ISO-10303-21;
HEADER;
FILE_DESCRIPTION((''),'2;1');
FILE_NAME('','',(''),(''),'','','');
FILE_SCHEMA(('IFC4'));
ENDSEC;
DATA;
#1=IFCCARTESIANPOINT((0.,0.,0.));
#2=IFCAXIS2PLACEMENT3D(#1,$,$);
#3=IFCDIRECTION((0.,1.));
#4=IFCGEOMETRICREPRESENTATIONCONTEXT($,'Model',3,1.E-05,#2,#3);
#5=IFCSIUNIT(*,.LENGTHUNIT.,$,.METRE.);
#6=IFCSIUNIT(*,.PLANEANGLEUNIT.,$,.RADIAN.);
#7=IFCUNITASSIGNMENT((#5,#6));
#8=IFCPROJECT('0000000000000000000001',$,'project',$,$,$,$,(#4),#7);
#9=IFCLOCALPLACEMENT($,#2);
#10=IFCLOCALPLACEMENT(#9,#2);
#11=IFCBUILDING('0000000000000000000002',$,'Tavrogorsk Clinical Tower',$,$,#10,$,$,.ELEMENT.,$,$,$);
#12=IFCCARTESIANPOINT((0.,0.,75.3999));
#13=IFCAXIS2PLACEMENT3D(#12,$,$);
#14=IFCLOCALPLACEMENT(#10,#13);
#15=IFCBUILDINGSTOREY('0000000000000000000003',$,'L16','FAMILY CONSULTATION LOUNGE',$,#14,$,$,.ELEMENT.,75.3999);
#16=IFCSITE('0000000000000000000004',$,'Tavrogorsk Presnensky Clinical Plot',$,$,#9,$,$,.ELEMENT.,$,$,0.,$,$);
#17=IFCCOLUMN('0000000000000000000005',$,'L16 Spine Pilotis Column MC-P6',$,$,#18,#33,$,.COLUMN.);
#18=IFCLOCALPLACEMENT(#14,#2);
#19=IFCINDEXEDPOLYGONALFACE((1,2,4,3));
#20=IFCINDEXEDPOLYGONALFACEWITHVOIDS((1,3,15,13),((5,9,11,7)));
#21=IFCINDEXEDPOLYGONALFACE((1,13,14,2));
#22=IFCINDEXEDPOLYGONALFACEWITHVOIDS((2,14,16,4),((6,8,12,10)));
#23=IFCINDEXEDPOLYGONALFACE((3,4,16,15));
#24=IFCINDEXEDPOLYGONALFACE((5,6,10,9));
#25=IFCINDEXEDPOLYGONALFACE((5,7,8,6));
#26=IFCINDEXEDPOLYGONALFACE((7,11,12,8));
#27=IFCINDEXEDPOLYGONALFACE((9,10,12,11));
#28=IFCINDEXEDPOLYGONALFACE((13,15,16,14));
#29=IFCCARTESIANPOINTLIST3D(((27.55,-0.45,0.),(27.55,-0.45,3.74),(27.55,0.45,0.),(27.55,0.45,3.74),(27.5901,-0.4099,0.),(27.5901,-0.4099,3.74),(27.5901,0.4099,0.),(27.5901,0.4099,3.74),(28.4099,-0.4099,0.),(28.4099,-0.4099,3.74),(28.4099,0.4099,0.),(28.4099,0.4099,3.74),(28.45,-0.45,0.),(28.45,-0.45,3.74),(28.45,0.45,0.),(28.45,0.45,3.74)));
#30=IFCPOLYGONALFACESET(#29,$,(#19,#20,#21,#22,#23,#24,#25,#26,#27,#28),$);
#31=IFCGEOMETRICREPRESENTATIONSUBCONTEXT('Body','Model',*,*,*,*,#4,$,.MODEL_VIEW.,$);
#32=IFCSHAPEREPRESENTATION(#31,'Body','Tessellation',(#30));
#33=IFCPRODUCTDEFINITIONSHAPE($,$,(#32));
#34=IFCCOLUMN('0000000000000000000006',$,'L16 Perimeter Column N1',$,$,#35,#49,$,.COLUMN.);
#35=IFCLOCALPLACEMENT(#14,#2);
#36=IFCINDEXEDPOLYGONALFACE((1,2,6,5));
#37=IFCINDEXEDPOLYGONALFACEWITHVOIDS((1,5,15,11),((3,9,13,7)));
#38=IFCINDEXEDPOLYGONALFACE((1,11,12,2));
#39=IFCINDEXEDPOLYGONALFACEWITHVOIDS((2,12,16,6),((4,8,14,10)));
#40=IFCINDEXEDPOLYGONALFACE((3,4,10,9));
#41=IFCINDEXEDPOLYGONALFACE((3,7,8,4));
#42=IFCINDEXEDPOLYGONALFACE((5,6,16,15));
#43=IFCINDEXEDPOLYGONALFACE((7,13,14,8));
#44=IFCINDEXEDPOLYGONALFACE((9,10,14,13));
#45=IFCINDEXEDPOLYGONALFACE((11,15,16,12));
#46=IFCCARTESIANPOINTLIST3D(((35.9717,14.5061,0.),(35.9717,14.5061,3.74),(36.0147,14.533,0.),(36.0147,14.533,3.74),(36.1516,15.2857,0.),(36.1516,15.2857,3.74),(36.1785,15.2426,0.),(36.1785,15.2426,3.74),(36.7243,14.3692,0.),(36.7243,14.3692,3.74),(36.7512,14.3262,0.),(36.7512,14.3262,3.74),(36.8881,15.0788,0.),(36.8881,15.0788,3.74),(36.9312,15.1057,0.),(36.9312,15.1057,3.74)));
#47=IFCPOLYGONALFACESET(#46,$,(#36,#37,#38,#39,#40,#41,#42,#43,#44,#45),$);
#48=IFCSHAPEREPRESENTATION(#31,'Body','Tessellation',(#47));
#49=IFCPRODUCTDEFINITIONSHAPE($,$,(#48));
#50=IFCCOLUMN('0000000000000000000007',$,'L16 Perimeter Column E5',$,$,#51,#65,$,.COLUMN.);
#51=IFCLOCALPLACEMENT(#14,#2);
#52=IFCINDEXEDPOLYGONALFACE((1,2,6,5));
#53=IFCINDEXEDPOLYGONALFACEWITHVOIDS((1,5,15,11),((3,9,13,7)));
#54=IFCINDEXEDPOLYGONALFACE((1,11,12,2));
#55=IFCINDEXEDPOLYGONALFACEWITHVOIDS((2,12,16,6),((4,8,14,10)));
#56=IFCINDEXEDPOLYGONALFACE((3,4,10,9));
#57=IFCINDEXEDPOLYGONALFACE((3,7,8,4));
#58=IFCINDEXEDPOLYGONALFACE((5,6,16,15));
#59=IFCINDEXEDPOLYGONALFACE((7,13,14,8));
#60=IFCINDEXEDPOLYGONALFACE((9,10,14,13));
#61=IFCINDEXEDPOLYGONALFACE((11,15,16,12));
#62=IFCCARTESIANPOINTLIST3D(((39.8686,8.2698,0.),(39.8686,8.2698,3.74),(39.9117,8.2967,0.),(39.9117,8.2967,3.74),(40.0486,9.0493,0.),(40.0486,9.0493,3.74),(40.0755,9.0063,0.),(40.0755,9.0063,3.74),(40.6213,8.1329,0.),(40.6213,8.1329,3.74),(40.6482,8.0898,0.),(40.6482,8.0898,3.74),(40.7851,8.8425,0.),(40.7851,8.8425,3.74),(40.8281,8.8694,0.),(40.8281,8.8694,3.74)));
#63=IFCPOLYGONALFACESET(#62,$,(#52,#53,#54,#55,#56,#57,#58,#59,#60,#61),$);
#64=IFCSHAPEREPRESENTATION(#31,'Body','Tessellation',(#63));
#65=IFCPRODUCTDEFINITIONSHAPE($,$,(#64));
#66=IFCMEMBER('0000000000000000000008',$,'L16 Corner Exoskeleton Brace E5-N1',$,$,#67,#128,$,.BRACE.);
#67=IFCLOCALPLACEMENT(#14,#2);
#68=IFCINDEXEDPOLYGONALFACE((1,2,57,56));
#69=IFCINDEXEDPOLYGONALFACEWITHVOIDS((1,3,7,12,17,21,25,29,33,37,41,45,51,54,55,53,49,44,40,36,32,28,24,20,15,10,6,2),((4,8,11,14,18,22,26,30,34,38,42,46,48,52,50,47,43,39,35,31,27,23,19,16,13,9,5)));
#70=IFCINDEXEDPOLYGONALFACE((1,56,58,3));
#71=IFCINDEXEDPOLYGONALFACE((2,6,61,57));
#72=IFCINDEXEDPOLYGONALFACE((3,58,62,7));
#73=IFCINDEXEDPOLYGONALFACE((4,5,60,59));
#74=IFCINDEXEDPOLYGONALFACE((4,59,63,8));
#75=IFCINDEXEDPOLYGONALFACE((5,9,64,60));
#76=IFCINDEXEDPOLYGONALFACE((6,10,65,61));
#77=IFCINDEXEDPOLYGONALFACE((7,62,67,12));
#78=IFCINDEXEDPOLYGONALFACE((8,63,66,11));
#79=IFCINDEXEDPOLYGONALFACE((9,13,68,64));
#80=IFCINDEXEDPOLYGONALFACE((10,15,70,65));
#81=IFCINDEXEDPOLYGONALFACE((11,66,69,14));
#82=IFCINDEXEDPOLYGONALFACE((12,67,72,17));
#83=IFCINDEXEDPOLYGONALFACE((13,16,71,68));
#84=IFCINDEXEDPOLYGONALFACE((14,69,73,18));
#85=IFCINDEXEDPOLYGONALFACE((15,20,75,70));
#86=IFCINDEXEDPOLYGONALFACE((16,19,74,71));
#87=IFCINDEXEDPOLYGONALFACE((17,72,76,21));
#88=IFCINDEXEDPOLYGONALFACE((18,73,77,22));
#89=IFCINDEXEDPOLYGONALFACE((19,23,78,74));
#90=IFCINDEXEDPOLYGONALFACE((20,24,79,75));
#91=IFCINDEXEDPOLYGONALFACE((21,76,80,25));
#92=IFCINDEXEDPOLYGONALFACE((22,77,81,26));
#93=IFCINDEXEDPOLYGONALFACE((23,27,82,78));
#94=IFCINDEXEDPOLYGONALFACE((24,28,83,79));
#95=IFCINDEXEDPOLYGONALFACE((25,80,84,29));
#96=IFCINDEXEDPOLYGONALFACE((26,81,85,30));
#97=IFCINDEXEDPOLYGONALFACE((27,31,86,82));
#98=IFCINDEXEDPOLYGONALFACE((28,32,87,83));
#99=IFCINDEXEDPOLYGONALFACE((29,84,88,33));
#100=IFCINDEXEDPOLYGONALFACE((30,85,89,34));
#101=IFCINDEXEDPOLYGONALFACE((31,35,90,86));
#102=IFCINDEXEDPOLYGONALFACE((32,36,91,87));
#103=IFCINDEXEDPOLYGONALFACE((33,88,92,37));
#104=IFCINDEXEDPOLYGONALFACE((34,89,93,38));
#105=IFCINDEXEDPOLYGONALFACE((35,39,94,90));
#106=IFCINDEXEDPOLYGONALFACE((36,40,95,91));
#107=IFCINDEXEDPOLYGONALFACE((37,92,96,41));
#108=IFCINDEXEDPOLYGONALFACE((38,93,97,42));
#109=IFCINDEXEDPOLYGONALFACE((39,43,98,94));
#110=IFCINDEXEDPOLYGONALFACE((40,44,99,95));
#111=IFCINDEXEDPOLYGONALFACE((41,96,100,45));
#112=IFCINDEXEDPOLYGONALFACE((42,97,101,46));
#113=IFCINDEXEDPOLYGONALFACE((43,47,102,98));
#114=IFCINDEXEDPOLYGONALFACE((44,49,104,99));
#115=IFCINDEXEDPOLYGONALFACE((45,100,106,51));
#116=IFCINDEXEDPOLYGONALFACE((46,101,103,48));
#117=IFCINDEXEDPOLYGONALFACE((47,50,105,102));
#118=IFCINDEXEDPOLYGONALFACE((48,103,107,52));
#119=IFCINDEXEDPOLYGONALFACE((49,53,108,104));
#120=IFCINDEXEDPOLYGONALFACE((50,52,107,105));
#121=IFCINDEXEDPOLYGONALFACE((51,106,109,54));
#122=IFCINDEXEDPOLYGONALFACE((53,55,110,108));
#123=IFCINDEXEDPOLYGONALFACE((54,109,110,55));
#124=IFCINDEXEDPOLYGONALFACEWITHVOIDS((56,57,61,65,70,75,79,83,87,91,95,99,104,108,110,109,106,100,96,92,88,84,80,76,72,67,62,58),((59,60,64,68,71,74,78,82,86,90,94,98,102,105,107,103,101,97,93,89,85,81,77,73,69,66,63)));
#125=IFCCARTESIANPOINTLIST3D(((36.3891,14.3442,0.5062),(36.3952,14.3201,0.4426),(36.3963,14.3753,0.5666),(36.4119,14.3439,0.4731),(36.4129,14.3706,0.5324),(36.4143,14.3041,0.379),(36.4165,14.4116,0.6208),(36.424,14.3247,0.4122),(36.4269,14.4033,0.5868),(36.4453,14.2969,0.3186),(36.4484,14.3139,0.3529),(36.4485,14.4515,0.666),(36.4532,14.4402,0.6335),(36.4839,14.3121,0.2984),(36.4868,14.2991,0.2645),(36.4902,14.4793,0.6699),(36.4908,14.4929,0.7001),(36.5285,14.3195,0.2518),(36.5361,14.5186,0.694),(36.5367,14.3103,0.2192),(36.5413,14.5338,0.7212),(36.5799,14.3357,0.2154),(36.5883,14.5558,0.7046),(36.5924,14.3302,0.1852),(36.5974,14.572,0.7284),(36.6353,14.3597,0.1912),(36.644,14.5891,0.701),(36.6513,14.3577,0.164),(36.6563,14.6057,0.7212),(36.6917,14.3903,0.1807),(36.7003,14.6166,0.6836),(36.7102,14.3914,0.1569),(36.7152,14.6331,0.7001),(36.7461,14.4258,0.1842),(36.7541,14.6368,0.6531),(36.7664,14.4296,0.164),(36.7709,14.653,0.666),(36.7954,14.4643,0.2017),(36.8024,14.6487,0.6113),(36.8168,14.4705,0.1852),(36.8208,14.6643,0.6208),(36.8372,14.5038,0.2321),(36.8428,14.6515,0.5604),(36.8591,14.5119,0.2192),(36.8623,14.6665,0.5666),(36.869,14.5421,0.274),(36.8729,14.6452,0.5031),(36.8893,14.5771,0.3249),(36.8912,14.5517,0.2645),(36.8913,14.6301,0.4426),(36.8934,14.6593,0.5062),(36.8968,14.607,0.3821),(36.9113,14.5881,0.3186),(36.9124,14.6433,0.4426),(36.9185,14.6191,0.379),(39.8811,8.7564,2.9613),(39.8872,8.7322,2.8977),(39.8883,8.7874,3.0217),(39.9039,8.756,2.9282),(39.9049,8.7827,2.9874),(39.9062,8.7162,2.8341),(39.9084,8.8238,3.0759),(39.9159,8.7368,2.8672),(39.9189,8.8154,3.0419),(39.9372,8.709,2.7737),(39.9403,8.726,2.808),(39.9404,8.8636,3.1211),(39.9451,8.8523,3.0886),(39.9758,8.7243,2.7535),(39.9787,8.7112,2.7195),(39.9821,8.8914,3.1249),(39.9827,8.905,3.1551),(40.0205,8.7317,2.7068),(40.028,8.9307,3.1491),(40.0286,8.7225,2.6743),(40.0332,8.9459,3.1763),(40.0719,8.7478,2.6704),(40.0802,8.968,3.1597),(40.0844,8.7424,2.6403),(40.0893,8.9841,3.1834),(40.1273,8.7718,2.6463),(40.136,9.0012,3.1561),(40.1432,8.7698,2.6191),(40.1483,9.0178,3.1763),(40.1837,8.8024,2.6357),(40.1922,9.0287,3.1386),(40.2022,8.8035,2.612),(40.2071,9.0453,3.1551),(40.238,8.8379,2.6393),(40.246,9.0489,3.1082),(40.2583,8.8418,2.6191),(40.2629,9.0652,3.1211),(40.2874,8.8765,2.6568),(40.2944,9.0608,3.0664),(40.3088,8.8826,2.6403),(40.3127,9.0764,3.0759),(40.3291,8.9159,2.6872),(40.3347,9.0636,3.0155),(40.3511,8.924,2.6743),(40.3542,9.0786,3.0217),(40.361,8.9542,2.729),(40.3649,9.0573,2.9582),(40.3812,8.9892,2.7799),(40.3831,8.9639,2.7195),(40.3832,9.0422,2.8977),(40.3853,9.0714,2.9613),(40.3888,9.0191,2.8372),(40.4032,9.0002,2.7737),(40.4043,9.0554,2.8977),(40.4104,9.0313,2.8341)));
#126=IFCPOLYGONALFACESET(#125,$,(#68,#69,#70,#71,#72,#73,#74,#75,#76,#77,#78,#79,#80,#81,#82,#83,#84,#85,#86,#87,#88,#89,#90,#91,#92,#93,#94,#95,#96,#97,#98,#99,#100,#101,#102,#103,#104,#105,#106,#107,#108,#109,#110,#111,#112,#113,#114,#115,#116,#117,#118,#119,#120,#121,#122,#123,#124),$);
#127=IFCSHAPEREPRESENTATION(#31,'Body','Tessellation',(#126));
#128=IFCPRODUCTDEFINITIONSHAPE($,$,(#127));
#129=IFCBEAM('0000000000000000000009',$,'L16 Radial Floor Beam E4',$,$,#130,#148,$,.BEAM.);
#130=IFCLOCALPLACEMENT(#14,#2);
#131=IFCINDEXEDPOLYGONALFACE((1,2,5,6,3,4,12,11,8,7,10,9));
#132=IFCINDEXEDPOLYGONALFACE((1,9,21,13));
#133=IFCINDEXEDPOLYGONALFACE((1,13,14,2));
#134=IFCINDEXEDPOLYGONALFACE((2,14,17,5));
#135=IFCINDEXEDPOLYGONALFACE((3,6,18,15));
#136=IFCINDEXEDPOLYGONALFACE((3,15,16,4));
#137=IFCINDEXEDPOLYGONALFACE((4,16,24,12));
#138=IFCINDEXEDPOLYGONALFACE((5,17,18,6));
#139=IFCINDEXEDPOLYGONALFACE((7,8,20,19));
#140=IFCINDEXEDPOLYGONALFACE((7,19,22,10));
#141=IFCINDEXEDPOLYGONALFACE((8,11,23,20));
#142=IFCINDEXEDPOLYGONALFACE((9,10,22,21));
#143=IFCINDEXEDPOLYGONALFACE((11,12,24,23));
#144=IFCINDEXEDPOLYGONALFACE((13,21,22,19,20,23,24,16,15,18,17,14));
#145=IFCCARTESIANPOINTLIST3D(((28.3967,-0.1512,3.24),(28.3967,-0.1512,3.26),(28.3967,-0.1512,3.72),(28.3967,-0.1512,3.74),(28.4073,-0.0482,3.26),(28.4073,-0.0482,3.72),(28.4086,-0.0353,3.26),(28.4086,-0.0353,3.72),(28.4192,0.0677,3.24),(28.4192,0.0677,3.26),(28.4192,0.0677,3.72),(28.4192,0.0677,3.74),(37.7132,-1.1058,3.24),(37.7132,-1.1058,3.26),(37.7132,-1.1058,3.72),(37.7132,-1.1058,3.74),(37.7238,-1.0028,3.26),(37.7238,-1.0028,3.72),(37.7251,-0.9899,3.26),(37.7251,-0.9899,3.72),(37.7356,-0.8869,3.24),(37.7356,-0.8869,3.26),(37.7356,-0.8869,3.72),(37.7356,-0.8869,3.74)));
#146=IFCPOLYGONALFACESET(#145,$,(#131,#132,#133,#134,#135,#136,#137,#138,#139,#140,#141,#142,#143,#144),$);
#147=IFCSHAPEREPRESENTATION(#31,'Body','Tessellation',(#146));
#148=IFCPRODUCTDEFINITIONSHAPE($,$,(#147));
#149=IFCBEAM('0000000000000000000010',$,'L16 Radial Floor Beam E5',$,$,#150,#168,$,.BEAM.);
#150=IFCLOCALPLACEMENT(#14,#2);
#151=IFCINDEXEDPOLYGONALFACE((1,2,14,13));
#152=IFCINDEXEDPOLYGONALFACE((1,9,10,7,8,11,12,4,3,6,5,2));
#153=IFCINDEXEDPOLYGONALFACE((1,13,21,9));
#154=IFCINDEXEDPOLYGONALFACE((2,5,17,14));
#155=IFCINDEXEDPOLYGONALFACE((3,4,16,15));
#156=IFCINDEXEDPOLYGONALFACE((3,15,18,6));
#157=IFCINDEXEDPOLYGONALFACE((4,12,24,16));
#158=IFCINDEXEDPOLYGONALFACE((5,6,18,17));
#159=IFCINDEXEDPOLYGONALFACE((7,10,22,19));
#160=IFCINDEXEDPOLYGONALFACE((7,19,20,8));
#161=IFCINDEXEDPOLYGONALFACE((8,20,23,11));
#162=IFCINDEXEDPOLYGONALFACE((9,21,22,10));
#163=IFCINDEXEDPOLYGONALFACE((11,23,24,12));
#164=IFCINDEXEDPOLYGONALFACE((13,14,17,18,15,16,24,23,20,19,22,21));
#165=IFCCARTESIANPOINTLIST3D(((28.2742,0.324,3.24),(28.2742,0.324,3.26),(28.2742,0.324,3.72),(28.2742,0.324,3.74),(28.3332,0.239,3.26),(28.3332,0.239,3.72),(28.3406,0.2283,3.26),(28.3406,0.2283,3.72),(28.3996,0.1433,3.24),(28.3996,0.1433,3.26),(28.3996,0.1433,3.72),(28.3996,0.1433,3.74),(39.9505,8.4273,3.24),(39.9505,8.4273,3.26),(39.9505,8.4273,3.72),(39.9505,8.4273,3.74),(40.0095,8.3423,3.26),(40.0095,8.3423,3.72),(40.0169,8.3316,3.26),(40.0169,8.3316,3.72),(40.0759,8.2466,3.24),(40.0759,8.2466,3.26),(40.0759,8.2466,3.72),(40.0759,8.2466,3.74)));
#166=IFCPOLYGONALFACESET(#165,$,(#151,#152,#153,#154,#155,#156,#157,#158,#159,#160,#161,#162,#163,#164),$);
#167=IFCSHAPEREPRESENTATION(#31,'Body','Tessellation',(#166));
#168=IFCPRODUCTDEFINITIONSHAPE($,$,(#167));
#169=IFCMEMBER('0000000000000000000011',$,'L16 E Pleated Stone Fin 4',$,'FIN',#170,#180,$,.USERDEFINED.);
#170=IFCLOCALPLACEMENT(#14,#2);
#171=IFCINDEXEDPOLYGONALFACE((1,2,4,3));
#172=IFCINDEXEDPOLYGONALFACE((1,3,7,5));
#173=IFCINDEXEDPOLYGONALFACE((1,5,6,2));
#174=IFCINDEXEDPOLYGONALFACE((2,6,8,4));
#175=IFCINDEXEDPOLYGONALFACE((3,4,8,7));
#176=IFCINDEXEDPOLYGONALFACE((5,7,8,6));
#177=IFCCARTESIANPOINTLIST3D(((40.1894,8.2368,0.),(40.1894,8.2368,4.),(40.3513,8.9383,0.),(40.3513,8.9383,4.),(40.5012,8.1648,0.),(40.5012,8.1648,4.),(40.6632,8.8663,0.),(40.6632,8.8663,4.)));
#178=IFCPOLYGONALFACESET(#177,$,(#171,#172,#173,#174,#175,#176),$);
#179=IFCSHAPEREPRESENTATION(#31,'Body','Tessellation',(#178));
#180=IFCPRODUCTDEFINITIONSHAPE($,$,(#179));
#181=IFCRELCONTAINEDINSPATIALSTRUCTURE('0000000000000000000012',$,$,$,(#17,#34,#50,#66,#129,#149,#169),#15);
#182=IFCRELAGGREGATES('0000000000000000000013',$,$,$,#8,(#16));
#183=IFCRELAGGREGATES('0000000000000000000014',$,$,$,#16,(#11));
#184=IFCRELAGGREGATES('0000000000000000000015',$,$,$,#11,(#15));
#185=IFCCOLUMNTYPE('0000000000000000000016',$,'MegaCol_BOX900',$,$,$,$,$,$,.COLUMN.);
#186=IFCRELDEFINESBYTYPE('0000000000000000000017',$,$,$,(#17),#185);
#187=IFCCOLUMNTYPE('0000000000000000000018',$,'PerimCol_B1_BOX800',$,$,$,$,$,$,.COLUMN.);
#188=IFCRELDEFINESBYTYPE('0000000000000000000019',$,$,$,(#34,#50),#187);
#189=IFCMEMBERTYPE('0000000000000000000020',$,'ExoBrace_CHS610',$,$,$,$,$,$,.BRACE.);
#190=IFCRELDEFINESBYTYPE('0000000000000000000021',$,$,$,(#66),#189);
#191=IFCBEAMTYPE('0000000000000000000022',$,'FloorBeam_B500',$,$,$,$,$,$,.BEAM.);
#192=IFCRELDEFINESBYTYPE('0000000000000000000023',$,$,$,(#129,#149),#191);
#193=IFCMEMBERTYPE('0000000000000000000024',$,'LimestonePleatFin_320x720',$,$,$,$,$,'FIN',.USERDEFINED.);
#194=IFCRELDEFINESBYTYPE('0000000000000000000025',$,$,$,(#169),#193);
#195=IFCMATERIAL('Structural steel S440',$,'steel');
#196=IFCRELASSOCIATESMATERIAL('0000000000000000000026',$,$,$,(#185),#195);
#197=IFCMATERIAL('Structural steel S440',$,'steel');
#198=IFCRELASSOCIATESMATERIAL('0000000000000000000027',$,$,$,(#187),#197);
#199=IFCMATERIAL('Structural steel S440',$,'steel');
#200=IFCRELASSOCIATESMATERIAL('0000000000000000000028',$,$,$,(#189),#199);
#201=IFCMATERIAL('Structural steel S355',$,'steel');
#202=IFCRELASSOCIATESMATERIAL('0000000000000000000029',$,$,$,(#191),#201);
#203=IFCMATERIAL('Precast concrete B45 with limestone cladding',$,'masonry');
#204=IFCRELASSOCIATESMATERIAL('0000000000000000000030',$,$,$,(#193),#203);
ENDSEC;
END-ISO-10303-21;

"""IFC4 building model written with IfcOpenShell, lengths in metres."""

from ifc_helpers import new_model, si_unit, direction, frame, origin, origin_2d, place, context, subcontext, project, spatial, rectangle, hollow_rectangle, hollow_circle, i_section, extrude, material, material_profile, profile_set, type_object, element, save


model = new_model("IFC4")

# Units and contexts
model_context = context("Model", 3, precision=1e-05, world=origin(), true_north=direction((0.0, 1.0)))
body_context = subcontext(model_context, "Body", "Model", "MODEL_VIEW")
ifc_project = project(units=[si_unit("LENGTHUNIT", "METRE"), si_unit("PLANEANGLEUNIT", "RADIAN")], contexts=[model_context])

# Site, building, storey
site_placement = place(None, origin())
site = spatial("IfcSite", under=ifc_project, at=site_placement, Name="Tavrogorsk Presnensky Clinical Plot", CompositionType="ELEMENT", RefElevation=0.0)
building_placement = place(site_placement, origin())
building = spatial("IfcBuilding", under=site, at=building_placement, Name="Tavrogorsk Clinical Tower", CompositionType="ELEMENT")
storey_placement = place(building_placement, frame((0.0, 0.0, 75.3999)))
storey = spatial("IfcBuildingStorey", under=building, at=storey_placement, Name="L16", Description="FAMILY CONSULTATION LOUNGE", CompositionType="ELEMENT", Elevation=75.3999)

# Columns
ifc_material_1 = material(Name="Structural steel S440", Category="steel")
ifc_material_profile_1 = material_profile(ifc_material_1, hollow_rectangle(XDim=0.8999, YDim=0.8999, WallThickness=0.04, at=origin_2d()), Name="BOX-900x900x40")
ifc_profile_set_1 = profile_set([ifc_material_profile_1], Name="Structural steel S440")
column_type_1 = type_object("IfcColumnType", Name="MegaCol_BOX900", PredefinedType="COLUMN", material=ifc_profile_set_1)
column_placement = place(storey_placement, frame((28.0, 0.0, 0.0), z_axis=(0.0, 0.0, 1.0), x_axis=(1.0, 0.0, 0.0)))
element("IfcColumn", 1, at=column_placement, inside=storey, type_object=column_type_1, Name="L16 Spine Pilotis Column MC-P6", PredefinedType="COLUMN", context=body_context, shape_type="SweptSolid", body=[
    extrude(hollow_rectangle(XDim=0.8999, YDim=0.8999, WallThickness=0.04, at=origin_2d()), origin(), (0.0, 0.0, 1.0), 3.74),
])
ifc_material_2 = material(Name="Structural steel S440", Category="steel")
ifc_material_profile_2 = material_profile(ifc_material_2, hollow_rectangle(XDim=0.8, YDim=0.8, WallThickness=0.0359, at=origin_2d()), Name="BOX-800x800x36")
ifc_profile_set_2 = profile_set([ifc_material_profile_2], Name="Structural steel S440")
column_type_2 = type_object("IfcColumnType", Name="PerimCol_B1_BOX800", PredefinedType="COLUMN", material=ifc_profile_set_2)
for number, where, z_axis, x_axis, name in (
    (2, (36.4514, 14.8059, 0.0), (0.0, 0.0, 1.0), (0.97437, -0.224951, 0.0), "L16 Perimeter Column N1"),
    (3, (40.3484, 8.5696, 0.0), (0.0, 0.0, 1.0), (0.97437, -0.224951, 0.0), "L16 Perimeter Column E5"),
):
    element("IfcColumn", number, at=place(storey_placement, frame(where, z_axis=z_axis, x_axis=x_axis)), inside=storey, type_object=column_type_2, Name=name, PredefinedType="COLUMN", context=body_context, shape_type="SweptSolid", body=[
        extrude(hollow_rectangle(XDim=0.8, YDim=0.8, WallThickness=0.0359, at=origin_2d()), origin(), (0.0, 0.0, 1.0), 3.74),
    ])

# Member
ifc_material_3 = material(Name="Structural steel S440", Category="steel")
ifc_material_profile_3 = material_profile(ifc_material_3, hollow_circle(Radius=0.3049, WallThickness=0.0249, at=origin_2d()), Name="CHS-610x25")
ifc_profile_set_3 = profile_set([ifc_material_profile_3], Name="Structural steel S440")
member_type_1 = type_object("IfcMemberType", Name="ExoBrace_CHS610", PredefinedType="BRACE", material=ifc_profile_set_3)
member_1_placement = place(storey_placement, frame((36.6538, 14.4817, 0.4426), z_axis=(0.496596, -0.794665, 0.349142), x_axis=(0.848032, 0.529946, 0.0)))
element("IfcMember", 4, at=member_1_placement, inside=storey, type_object=member_type_1, Name="L16 Corner Exoskeleton Brace E5-N1", PredefinedType="BRACE", context=body_context, shape_type="SweptSolid", body=[
    extrude(hollow_circle(Radius=0.3049, WallThickness=0.0249, at=origin_2d()), origin(), (0.0, 0.0, 1.0), 7.0317),
])

# Beams
ifc_material_4 = material(Name="Structural steel S355", Category="steel")
ifc_material_profile_4 = material_profile(ifc_material_4, i_section(OverallWidth=0.22, OverallDepth=0.5, WebThickness=0.0129, FlangeThickness=0.02, at=origin_2d()), Name="B-500x220x13x20")
ifc_profile_set_4 = profile_set([ifc_material_profile_4], Name="Structural steel S355")
beam_type_1 = type_object("IfcBeamType", Name="FloorBeam_B500", PredefinedType="BEAM", material=ifc_profile_set_4)
beam_1_placement = place(storey_placement, frame((28.408, -0.0417, 3.49), z_axis=(0.994792, -0.10193, 0.0), x_axis=(0.10193, 0.994792, 0.0)))
element("IfcBeam", 5, at=beam_1_placement, inside=storey, type_object=beam_type_1, Name="L16 Radial Floor Beam E4", PredefinedType="BEAM", context=body_context, shape_type="SweptSolid", body=[
    extrude(i_section(OverallWidth=0.22, OverallDepth=0.5, WebThickness=0.0129, FlangeThickness=0.02, at=origin_2d()), origin(), (0.0, 0.0, 1.0), 9.3652),
])
beam_2_placement = place(storey_placement, frame((28.3369, 0.2336, 3.49), z_axis=(0.821543, 0.570147, 0.0), x_axis=(-0.570147, 0.821543, 0.0)))
element("IfcBeam", 6, at=beam_2_placement, inside=storey, type_object=beam_type_1, Name="L16 Radial Floor Beam E5", PredefinedType="BEAM", context=body_context, shape_type="SweptSolid", body=[
    extrude(i_section(OverallWidth=0.22, OverallDepth=0.5, WebThickness=0.0129, FlangeThickness=0.02, at=origin_2d()), origin(), (0.0, 0.0, 1.0), 14.2126),
])

# Member
ifc_material_5 = material(Name="Precast concrete B45 with limestone cladding", Category="masonry")
ifc_material_profile_5 = material_profile(ifc_material_5, rectangle(XDim=0.3201, YDim=0.72, at=origin_2d()), Name="LIMESTONE-FIN-320x720")
ifc_profile_set_5 = profile_set([ifc_material_profile_5], Name="Precast concrete B45 with limestone cladding")
member_type_2 = type_object("IfcMemberType", Name="LimestonePleatFin_320x720", ElementType="FIN", PredefinedType="USERDEFINED", material=ifc_profile_set_5)
member_2_placement = place(storey_placement, frame((40.4263, 8.5515, 0.0), z_axis=(0.0, 0.0, 1.0), x_axis=(0.97437, -0.224951, 0.0)))
element("IfcMember", 7, at=member_2_placement, inside=storey, type_object=member_type_2, Name="L16 E Pleated Stone Fin 4", ObjectType="FIN", PredefinedType="USERDEFINED", context=body_context, shape_type="SweptSolid", body=[
    extrude(rectangle(XDim=0.3201, YDim=0.72, at=origin_2d()), origin(), (0.0, 0.0, 1.0), 4.0),
])

save(model, "model.ifc")
